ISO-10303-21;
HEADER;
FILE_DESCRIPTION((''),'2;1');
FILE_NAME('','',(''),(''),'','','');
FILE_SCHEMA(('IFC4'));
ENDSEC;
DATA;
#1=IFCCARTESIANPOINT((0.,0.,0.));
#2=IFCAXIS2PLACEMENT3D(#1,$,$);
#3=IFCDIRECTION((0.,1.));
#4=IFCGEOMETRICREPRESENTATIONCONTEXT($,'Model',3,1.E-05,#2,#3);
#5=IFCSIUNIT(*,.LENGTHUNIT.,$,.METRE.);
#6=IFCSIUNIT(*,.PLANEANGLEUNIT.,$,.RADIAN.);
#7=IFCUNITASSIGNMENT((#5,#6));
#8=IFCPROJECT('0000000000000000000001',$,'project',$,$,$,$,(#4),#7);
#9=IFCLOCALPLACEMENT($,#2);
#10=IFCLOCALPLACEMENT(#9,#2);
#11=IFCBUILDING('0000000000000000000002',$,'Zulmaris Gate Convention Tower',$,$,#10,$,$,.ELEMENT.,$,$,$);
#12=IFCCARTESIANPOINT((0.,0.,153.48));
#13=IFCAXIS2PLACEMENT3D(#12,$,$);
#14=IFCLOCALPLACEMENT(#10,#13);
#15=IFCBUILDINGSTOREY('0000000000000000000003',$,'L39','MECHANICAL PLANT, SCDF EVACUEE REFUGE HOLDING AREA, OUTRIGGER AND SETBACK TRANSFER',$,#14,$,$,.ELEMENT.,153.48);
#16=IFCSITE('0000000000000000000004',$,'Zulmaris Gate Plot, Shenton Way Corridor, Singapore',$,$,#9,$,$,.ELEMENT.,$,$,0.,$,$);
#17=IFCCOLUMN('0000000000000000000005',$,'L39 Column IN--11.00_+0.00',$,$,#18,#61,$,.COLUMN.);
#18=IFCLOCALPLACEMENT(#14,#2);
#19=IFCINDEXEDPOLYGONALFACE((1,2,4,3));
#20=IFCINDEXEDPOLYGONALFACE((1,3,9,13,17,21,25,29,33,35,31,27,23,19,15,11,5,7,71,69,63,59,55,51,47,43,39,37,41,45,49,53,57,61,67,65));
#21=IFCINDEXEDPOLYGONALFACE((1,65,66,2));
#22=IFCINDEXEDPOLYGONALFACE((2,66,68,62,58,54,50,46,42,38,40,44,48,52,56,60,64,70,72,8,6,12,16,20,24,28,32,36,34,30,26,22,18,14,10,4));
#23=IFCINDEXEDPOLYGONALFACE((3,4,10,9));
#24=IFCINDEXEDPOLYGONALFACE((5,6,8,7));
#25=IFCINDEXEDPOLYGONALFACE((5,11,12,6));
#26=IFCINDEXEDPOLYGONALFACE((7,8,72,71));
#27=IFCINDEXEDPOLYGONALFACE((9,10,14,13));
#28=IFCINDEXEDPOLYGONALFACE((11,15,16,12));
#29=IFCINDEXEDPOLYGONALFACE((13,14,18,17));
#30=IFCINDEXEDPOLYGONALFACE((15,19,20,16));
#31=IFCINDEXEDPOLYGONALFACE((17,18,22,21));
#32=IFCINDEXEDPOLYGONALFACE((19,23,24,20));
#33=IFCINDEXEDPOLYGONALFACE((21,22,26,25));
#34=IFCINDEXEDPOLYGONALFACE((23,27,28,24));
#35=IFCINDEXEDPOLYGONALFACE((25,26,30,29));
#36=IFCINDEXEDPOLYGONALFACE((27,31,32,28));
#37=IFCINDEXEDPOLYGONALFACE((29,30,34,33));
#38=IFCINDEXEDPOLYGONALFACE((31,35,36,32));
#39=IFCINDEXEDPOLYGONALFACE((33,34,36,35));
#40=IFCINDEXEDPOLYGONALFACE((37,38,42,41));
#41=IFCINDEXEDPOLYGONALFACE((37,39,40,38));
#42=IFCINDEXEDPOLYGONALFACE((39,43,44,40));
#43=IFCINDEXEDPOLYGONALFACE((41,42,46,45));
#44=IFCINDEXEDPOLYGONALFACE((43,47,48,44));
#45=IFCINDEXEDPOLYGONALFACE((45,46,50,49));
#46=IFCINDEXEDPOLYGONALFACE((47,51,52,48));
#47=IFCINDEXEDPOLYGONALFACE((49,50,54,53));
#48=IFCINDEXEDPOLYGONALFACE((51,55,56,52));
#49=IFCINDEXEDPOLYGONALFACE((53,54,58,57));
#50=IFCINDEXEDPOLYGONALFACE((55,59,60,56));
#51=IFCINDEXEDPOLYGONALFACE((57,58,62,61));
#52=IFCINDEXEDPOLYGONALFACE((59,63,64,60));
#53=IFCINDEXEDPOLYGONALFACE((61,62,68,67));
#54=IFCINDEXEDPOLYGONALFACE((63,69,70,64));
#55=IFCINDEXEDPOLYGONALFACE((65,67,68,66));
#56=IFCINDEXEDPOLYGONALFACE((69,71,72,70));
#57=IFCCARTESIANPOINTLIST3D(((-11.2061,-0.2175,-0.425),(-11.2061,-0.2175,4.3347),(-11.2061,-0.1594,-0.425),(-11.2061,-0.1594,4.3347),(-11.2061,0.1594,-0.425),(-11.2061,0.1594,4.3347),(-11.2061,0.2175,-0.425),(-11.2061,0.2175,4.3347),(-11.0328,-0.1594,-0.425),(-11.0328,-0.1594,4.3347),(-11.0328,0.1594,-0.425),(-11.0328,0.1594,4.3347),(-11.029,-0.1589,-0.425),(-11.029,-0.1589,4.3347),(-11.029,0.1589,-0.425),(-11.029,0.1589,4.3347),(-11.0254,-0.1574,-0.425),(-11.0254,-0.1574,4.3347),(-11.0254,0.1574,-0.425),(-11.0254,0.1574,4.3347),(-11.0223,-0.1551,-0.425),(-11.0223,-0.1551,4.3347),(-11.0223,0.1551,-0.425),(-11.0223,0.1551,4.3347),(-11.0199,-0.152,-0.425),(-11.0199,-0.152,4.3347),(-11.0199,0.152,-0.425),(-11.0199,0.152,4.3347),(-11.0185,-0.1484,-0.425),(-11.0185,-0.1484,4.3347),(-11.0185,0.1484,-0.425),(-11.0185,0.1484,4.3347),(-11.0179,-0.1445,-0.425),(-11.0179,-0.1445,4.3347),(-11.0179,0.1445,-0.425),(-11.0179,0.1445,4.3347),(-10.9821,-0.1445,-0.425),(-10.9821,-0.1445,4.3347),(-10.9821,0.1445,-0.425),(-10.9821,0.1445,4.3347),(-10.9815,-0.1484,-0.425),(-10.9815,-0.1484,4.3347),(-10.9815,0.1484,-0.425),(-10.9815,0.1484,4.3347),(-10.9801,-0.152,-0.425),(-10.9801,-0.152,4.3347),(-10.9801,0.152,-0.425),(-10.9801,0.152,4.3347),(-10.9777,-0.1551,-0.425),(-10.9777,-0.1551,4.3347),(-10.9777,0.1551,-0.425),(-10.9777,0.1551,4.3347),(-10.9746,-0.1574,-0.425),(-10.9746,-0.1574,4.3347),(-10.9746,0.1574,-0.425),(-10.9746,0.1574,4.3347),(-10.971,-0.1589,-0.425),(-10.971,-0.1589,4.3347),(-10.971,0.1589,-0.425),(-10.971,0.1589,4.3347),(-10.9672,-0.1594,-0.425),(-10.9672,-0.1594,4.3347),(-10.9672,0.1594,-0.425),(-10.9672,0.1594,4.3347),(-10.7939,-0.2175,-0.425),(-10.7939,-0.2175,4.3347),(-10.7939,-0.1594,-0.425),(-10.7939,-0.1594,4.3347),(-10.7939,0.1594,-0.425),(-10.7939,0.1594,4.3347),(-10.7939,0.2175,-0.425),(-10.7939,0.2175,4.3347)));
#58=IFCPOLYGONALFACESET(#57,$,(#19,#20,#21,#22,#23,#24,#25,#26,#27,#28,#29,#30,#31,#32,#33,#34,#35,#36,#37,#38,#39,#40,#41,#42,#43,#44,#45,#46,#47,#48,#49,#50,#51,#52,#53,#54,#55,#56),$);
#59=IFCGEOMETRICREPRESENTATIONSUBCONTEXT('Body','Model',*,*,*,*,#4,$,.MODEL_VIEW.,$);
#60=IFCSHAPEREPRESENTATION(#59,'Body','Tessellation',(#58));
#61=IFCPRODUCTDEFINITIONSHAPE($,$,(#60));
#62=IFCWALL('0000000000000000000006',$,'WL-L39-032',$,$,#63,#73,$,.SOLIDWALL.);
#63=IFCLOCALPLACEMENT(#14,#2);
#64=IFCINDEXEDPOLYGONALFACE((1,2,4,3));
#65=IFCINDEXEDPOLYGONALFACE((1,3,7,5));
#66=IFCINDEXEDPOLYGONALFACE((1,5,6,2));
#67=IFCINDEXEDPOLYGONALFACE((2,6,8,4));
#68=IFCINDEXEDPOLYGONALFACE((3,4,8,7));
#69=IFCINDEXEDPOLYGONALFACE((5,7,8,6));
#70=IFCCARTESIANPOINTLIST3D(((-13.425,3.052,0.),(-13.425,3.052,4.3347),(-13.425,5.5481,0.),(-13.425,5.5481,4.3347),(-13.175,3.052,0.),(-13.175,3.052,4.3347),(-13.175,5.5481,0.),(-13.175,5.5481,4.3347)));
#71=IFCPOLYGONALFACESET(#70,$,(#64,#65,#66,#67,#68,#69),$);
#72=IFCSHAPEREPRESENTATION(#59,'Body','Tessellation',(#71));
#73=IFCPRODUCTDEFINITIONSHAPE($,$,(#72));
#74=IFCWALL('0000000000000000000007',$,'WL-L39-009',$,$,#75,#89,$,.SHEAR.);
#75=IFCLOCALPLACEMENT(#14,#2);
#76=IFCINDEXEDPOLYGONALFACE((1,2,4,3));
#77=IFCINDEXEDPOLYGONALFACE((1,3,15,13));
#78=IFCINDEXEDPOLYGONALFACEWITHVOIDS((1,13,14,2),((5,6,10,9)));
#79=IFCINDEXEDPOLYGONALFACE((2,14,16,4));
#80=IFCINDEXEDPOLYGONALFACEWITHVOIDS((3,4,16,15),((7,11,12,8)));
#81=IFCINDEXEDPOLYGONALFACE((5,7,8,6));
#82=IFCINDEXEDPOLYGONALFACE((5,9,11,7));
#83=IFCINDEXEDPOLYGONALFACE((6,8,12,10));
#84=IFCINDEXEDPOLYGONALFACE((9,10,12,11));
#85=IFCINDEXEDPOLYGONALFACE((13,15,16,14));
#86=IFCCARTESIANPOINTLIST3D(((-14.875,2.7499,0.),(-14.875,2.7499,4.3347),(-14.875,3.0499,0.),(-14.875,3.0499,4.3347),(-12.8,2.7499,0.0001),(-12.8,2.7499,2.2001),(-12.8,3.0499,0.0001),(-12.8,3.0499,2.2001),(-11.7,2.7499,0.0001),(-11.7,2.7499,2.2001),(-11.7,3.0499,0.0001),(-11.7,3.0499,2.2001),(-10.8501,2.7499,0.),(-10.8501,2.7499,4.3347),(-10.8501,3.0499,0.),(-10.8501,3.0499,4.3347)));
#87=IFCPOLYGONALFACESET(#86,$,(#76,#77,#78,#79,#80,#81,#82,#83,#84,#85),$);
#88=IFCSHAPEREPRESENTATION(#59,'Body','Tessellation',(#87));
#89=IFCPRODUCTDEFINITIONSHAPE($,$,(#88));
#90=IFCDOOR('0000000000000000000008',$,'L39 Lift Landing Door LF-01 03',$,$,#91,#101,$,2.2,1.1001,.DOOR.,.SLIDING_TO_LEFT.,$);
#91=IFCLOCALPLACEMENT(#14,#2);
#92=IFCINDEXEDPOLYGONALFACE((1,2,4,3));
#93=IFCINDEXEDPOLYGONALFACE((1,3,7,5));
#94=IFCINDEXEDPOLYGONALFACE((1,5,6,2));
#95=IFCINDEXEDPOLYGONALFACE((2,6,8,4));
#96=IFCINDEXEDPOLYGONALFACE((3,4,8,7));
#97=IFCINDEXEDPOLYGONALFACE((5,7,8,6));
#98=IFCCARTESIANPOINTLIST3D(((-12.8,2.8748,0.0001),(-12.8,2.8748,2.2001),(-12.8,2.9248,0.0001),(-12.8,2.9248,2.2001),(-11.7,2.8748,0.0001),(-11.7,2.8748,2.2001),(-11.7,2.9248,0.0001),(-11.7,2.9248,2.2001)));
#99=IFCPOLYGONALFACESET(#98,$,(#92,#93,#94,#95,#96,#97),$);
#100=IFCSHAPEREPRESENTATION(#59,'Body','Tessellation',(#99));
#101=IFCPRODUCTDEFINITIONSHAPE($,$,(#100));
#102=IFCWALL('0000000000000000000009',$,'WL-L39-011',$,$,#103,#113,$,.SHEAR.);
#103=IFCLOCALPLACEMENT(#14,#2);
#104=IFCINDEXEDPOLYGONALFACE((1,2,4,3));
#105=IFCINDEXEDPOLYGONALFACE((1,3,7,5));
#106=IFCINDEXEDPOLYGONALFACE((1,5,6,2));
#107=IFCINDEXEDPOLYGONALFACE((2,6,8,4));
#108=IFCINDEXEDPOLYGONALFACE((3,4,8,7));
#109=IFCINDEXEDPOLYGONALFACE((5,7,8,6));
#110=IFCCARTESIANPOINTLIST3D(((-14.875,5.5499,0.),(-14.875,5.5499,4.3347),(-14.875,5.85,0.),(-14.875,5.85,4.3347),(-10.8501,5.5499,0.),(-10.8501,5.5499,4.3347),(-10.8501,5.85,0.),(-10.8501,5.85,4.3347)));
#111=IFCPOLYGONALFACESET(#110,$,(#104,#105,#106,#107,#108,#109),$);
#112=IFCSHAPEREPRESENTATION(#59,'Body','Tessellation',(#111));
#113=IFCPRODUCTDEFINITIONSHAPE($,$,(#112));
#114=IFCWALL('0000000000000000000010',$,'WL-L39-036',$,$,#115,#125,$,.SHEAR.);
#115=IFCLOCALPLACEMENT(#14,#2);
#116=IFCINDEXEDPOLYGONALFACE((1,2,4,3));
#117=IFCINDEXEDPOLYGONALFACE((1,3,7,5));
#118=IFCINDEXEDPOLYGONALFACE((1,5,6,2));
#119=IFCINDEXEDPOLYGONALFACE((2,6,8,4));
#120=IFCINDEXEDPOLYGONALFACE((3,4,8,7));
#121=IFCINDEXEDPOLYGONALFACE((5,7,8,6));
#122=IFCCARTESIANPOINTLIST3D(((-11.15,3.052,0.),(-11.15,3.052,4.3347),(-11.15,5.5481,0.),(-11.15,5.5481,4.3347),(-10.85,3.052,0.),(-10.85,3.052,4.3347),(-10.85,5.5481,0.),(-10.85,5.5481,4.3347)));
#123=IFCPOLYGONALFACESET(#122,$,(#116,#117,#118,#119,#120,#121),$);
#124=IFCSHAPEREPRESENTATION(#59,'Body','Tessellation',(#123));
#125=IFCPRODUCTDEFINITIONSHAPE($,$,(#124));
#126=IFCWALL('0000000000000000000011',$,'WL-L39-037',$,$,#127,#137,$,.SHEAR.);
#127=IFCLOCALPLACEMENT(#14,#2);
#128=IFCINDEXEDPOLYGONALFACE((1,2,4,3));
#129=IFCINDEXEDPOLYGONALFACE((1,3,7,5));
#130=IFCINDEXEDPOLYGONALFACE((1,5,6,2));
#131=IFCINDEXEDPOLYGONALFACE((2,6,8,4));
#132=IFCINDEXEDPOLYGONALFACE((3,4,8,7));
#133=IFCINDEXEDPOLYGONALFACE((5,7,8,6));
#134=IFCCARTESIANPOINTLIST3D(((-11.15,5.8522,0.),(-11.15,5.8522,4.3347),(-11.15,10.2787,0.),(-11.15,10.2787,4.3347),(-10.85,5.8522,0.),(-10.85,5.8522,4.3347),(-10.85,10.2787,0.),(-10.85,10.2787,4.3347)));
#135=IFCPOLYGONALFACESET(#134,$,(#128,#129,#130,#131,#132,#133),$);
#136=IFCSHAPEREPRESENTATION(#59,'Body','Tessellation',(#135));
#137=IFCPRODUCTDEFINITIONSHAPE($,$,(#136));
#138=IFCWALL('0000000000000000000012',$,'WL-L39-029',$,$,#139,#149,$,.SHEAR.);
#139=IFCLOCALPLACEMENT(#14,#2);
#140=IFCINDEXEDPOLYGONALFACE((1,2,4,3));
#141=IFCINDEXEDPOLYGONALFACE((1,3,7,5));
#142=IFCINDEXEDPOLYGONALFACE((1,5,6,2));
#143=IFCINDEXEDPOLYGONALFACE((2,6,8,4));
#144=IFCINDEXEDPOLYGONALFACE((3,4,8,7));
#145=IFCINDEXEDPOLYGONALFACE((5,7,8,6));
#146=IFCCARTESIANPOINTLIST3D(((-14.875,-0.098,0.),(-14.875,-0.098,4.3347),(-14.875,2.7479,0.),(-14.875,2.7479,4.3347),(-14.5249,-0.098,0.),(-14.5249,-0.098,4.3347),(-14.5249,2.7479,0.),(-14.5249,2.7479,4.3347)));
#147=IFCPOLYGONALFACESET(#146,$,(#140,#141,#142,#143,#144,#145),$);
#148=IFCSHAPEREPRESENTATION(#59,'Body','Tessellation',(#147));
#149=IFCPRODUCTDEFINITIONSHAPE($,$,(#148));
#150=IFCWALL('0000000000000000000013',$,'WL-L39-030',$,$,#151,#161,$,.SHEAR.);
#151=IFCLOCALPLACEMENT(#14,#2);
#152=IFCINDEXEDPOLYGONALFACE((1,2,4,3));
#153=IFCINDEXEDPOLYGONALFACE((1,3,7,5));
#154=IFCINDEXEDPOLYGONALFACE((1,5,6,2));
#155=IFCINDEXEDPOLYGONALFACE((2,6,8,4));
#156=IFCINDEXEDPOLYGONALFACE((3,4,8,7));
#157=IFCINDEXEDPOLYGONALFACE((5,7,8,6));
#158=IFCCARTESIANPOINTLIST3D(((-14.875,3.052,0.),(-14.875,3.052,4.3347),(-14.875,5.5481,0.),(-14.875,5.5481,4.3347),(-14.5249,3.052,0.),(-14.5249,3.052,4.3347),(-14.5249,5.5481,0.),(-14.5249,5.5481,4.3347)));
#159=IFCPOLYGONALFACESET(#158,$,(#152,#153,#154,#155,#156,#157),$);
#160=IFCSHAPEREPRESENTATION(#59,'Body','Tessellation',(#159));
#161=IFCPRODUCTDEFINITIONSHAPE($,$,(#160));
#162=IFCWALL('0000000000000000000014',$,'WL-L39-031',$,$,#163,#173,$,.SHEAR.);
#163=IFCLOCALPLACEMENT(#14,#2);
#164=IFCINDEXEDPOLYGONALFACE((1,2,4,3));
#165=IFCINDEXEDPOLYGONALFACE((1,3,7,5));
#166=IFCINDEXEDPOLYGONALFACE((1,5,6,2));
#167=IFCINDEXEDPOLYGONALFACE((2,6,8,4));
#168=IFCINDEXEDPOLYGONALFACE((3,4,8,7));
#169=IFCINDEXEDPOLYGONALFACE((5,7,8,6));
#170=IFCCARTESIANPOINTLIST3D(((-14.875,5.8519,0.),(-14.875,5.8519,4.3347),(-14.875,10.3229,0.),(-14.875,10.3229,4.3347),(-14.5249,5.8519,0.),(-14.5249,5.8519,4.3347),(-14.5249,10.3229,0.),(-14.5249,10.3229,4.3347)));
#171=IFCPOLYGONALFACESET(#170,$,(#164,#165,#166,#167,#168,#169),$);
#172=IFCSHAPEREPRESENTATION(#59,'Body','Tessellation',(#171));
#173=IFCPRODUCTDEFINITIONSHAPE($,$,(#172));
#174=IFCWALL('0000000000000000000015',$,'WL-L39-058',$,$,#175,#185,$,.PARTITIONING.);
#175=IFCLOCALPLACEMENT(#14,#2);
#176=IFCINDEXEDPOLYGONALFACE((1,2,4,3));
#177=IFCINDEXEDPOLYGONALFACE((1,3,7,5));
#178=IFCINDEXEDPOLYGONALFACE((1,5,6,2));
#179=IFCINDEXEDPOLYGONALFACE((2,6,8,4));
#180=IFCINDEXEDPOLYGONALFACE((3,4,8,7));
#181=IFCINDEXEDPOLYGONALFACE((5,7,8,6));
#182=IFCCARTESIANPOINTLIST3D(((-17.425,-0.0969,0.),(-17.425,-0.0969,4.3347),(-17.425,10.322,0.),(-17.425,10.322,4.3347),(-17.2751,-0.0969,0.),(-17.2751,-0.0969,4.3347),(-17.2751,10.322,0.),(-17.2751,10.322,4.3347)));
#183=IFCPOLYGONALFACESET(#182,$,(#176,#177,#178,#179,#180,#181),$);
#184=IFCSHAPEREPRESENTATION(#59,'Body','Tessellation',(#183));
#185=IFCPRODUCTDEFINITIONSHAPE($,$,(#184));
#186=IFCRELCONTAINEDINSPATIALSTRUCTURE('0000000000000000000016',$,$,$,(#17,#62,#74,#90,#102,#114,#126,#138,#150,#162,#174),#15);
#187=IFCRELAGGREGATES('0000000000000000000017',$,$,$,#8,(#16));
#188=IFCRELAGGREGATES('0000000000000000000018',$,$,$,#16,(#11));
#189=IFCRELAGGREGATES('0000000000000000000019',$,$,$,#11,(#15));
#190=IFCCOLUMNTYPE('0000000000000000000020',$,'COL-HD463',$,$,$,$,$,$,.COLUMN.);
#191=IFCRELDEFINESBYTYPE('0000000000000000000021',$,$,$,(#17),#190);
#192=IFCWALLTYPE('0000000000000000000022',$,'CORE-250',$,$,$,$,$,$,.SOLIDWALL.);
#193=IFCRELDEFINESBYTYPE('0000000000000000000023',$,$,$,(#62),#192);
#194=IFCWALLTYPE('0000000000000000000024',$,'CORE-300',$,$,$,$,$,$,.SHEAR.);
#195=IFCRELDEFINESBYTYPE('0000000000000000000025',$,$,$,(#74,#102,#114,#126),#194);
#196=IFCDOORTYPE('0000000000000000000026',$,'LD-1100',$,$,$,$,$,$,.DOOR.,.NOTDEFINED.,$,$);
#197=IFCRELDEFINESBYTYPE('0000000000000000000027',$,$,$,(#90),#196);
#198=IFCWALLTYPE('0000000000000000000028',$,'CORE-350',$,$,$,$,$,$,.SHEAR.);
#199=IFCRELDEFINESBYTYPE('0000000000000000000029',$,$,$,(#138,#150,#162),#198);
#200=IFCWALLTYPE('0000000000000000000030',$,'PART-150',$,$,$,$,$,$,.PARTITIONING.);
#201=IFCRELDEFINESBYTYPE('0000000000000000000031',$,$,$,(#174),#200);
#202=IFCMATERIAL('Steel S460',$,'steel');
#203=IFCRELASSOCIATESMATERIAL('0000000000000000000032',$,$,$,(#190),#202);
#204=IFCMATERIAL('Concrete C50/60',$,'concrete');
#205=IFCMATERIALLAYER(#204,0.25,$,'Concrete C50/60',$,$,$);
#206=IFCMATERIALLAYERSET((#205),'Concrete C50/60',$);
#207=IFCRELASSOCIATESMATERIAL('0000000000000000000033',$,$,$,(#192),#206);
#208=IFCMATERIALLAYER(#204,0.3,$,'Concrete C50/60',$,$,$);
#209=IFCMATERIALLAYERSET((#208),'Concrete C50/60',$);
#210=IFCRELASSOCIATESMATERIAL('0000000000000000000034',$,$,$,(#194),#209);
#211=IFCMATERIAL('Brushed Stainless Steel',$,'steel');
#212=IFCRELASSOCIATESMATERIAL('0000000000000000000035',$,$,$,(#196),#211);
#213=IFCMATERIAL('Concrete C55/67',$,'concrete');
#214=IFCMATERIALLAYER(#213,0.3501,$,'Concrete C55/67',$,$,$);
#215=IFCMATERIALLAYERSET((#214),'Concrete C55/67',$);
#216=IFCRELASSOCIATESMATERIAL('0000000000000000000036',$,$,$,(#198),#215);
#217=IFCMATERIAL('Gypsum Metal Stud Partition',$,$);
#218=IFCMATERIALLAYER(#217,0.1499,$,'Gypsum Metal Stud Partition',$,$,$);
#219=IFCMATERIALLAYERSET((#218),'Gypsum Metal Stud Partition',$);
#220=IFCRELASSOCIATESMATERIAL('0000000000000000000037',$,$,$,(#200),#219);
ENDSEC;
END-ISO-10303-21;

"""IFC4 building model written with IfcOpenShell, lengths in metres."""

from ifc_helpers import new_model, si_unit, direction, frame, frame_2d, origin, origin_2d, place, context, subcontext, project, spatial, rectangle, i_section, extrude, material, layer, layer_set, material_profile, profile_set, type_object, element, fill, save


model = new_model("IFC4")

# Units and contexts
model_context = context("Model", 3, precision=1e-05, world=origin(), true_north=direction((0.0, 1.0)))
body_context = subcontext(model_context, "Body", "Model", "MODEL_VIEW")
ifc_project = project(units=[si_unit("LENGTHUNIT", "METRE"), si_unit("PLANEANGLEUNIT", "RADIAN")], contexts=[model_context])

# Site, building, storey
site_placement = place(None, origin())
site = spatial("IfcSite", under=ifc_project, at=site_placement, Name="Zulmaris Gate Plot, Shenton Way Corridor, Singapore", CompositionType="ELEMENT", RefElevation=0.0)
building_placement = place(site_placement, origin())
building = spatial("IfcBuilding", under=site, at=building_placement, Name="Zulmaris Gate Convention Tower", CompositionType="ELEMENT")
storey_placement = place(building_placement, frame((0.0, 0.0, 153.48)))
storey = spatial("IfcBuildingStorey", under=building, at=storey_placement, Name="L39", Description="MECHANICAL PLANT, SCDF EVACUEE REFUGE HOLDING AREA, OUTRIGGER AND SETBACK TRANSFER", CompositionType="ELEMENT", Elevation=153.48)

# Column
ifc_material_1 = material(Name="Steel S460", Category="steel")
ifc_material_profile = material_profile(ifc_material_1, i_section(OverallWidth=0.4121, OverallDepth=0.4351, WebThickness=0.0359, FlangeThickness=0.0581, FilletRadius=0.0149, at=origin_2d()), Name="HD 400x463")
ifc_profile_set = profile_set([ifc_material_profile], Name="Steel S460")
column_type = type_object("IfcColumnType", Name="COL-HD463", PredefinedType="COLUMN", material=ifc_profile_set)
column_placement = place(storey_placement, frame((-11.0, 0.0, -0.425), z_axis=(0.0, 0.0, 1.0), x_axis=(1.0, 0.0, 0.0)))
element("IfcColumn", 1, at=column_placement, inside=storey, type_object=column_type, Name="L39 Column IN--11.00_+0.00", PredefinedType="COLUMN", context=body_context, shape_type="SweptSolid", body=[
    extrude(i_section(OverallWidth=0.4121, OverallDepth=0.4351, WebThickness=0.0359, FlangeThickness=0.0581, FilletRadius=0.0149, at=origin_2d()), origin(), (0.0, 0.0, 1.0), 4.7598),
])

# Wall
ifc_material_2 = material(Name="Concrete C50/60", Category="concrete")
ifc_layer_1 = layer(ifc_material_2, 0.25, Name="Concrete C50/60")
ifc_layer_set_1 = layer_set([ifc_layer_1], Name="Concrete C50/60")
wall_type_1 = type_object("IfcWallType", Name="CORE-250", PredefinedType="SOLIDWALL", material=ifc_layer_set_1)
wall_1_placement = place(storey_placement, frame((-13.3, 3.052, 0.0), z_axis=(0.0, 0.0, 1.0), x_axis=(0.0, 1.0, 0.0)))
element("IfcWall", 2, at=wall_1_placement, inside=storey, type_object=wall_type_1, Name="WL-L39-032", PredefinedType="SOLIDWALL", context=body_context, shape_type="SweptSolid", body=[
    extrude(rectangle(XDim=2.4961, YDim=0.25, at=frame_2d((1.248, 0.0))), origin(), (0.0, 0.0, 1.0), 4.3347),
])

# Wall, opening, door
ifc_layer_2 = layer(ifc_material_2, 0.3, Name="Concrete C50/60")
ifc_layer_set_2 = layer_set([ifc_layer_2], Name="Concrete C50/60")
wall_type_2 = type_object("IfcWallType", Name="CORE-300", PredefinedType="SHEAR", material=ifc_layer_set_2)
wall_2_placement = place(storey_placement, frame((-14.875, 2.8999, 0.0), z_axis=(0.0, 0.0, 1.0), x_axis=(1.0, 0.0, 0.0)))
wall_2 = element("IfcWall", 3, at=wall_2_placement, inside=storey, type_object=wall_type_2, Name="WL-L39-009", PredefinedType="SHEAR", context=body_context, shape_type="SweptSolid", body=[
    extrude(rectangle(XDim=4.0249, YDim=0.3, at=frame_2d((2.0125, 0.0))), origin(), (0.0, 0.0, 1.0), 4.3347),
])
opening_1_placement = place(wall_2_placement, frame((2.075, 0.0, 0.0)))
opening_1 = element("IfcOpeningElement", 4, at=opening_1_placement, cuts=wall_2, PredefinedType="OPENING", context=body_context, shape_type="SweptSolid", body=[
    extrude(rectangle(XDim=1.1001, YDim=2.2, at=frame_2d((0.55, 1.1001))), frame((0.0, 0.1602, 0.0), z_axis=(0.0, -1.0, 0.0), x_axis=(1.0, 0.0, 0.0)), (0.0, 0.0, 1.0), 0.3201),
])
ifc_material_3 = material(Name="Brushed Stainless Steel", Category="steel")
door_type_1 = type_object("IfcDoorType", Name="LD-1100", OperationType="NOTDEFINED", PredefinedType="DOOR", material=ifc_material_3)
door_1_placement = place(opening_1_placement, origin())
door_1 = element("IfcDoor", 5, at=door_1_placement, inside=storey, type_object=door_type_1, Name="L39 Lift Landing Door LF-01 03", OperationType="SLIDING_TO_LEFT", OverallHeight=2.2, OverallWidth=1.1001, PredefinedType="DOOR", context=body_context, shape_type="SweptSolid", body=[
    extrude(rectangle(XDim=1.1001, YDim=2.2, at=frame_2d((0.55, 1.1001))), frame((0.0, 0.0249, 0.0), z_axis=(0.0, -1.0, 0.0), x_axis=(1.0, 0.0, 0.0)), (0.0, 0.0, 1.0), 0.05),
])
fill(opening_1, door_1)

# Wall
wall_3_placement = place(storey_placement, frame((-14.875, 5.7, 0.0), z_axis=(0.0, 0.0, 1.0), x_axis=(1.0, 0.0, 0.0)))
element("IfcWall", 6, at=wall_3_placement, inside=storey, type_object=wall_type_2, Name="WL-L39-011", PredefinedType="SHEAR", context=body_context, shape_type="SweptSolid", body=[
    extrude(rectangle(XDim=4.0249, YDim=0.3, at=frame_2d((2.0125, 0.0))), origin(), (0.0, 0.0, 1.0), 4.3347),
])

# Walls
wall_4_placement = place(storey_placement, frame((-11.0, 3.052, 0.0), z_axis=(0.0, 0.0, 1.0), x_axis=(0.0, 1.0, 0.0)))
element("IfcWall", 7, at=wall_4_placement, inside=storey, type_object=wall_type_2, Name="WL-L39-036", PredefinedType="SHEAR", context=body_context, shape_type="SweptSolid", body=[
    extrude(rectangle(XDim=2.4961, YDim=0.3, at=frame_2d((1.248, 0.0))), origin(), (0.0, 0.0, 1.0), 4.3347),
])
wall_5_placement = place(storey_placement, frame((-11.0, 5.8521, 0.0), z_axis=(0.0, 0.0, 1.0), x_axis=(0.0, 1.0, 0.0)))
element("IfcWall", 8, at=wall_5_placement, inside=storey, type_object=wall_type_2, Name="WL-L39-037", PredefinedType="SHEAR", context=body_context, shape_type="SweptSolid", body=[
    extrude(rectangle(XDim=4.4265, YDim=0.3, at=frame_2d((2.2134, 0.0))), origin(), (0.0, 0.0, 1.0), 4.3347),
])
ifc_material_4 = material(Name="Concrete C55/67", Category="concrete")
ifc_layer_3 = layer(ifc_material_4, 0.3501, Name="Concrete C55/67")
ifc_layer_set_3 = layer_set([ifc_layer_3], Name="Concrete C55/67")
wall_type_3 = type_object("IfcWallType", Name="CORE-350", PredefinedType="SHEAR", material=ifc_layer_set_3)
wall_6_placement = place(storey_placement, frame((-14.7, -0.0979, 0.0), z_axis=(0.0, 0.0, 1.0), x_axis=(0.0, 1.0, 0.0)))
element("IfcWall", 9, at=wall_6_placement, inside=storey, type_object=wall_type_3, Name="WL-L39-029", PredefinedType="SHEAR", context=body_context, shape_type="SweptSolid", body=[
    extrude(rectangle(XDim=2.8459, YDim=0.3501, at=frame_2d((1.4229, 0.0))), origin(), (0.0, 0.0, 1.0), 4.3347),
])
wall_7_placement = place(storey_placement, frame((-14.7, 3.052, 0.0), z_axis=(0.0, 0.0, 1.0), x_axis=(0.0, 1.0, 0.0)))
element("IfcWall", 10, at=wall_7_placement, inside=storey, type_object=wall_type_3, Name="WL-L39-030", PredefinedType="SHEAR", context=body_context, shape_type="SweptSolid", body=[
    extrude(rectangle(XDim=2.4961, YDim=0.3501, at=frame_2d((1.248, 0.0))), origin(), (0.0, 0.0, 1.0), 4.3347),
])
wall_8_placement = place(storey_placement, frame((-14.7, 5.8521, 0.0), z_axis=(0.0, 0.0, 1.0), x_axis=(0.0, 1.0, 0.0)))
element("IfcWall", 11, at=wall_8_placement, inside=storey, type_object=wall_type_3, Name="WL-L39-031", PredefinedType="SHEAR", context=body_context, shape_type="SweptSolid", body=[
    extrude(rectangle(XDim=4.4709, YDim=0.3501, at=frame_2d((2.2354, 0.0))), origin(), (0.0, 0.0, 1.0), 4.3347),
])
ifc_material_5 = material(Name="Gypsum Metal Stud Partition")
ifc_layer_4 = layer(ifc_material_5, 0.1499, Name="Gypsum Metal Stud Partition")
ifc_layer_set_4 = layer_set([ifc_layer_4], Name="Gypsum Metal Stud Partition")
wall_type_4 = type_object("IfcWallType", Name="PART-150", PredefinedType="PARTITIONING", material=ifc_layer_set_4)
wall_9_placement = place(storey_placement, frame((-17.3501, -0.0969, 0.0), z_axis=(0.0, 0.0, 1.0), x_axis=(0.0, 1.0, 0.0)))
element("IfcWall", 12, at=wall_9_placement, inside=storey, type_object=wall_type_4, Name="WL-L39-058", PredefinedType="PARTITIONING", context=body_context, shape_type="SweptSolid", body=[
    extrude(rectangle(XDim=10.4189, YDim=0.1499, at=frame_2d((5.2095, 0.0))), origin(), (0.0, 0.0, 1.0), 4.3347),
])

save(model, "model.ifc")
